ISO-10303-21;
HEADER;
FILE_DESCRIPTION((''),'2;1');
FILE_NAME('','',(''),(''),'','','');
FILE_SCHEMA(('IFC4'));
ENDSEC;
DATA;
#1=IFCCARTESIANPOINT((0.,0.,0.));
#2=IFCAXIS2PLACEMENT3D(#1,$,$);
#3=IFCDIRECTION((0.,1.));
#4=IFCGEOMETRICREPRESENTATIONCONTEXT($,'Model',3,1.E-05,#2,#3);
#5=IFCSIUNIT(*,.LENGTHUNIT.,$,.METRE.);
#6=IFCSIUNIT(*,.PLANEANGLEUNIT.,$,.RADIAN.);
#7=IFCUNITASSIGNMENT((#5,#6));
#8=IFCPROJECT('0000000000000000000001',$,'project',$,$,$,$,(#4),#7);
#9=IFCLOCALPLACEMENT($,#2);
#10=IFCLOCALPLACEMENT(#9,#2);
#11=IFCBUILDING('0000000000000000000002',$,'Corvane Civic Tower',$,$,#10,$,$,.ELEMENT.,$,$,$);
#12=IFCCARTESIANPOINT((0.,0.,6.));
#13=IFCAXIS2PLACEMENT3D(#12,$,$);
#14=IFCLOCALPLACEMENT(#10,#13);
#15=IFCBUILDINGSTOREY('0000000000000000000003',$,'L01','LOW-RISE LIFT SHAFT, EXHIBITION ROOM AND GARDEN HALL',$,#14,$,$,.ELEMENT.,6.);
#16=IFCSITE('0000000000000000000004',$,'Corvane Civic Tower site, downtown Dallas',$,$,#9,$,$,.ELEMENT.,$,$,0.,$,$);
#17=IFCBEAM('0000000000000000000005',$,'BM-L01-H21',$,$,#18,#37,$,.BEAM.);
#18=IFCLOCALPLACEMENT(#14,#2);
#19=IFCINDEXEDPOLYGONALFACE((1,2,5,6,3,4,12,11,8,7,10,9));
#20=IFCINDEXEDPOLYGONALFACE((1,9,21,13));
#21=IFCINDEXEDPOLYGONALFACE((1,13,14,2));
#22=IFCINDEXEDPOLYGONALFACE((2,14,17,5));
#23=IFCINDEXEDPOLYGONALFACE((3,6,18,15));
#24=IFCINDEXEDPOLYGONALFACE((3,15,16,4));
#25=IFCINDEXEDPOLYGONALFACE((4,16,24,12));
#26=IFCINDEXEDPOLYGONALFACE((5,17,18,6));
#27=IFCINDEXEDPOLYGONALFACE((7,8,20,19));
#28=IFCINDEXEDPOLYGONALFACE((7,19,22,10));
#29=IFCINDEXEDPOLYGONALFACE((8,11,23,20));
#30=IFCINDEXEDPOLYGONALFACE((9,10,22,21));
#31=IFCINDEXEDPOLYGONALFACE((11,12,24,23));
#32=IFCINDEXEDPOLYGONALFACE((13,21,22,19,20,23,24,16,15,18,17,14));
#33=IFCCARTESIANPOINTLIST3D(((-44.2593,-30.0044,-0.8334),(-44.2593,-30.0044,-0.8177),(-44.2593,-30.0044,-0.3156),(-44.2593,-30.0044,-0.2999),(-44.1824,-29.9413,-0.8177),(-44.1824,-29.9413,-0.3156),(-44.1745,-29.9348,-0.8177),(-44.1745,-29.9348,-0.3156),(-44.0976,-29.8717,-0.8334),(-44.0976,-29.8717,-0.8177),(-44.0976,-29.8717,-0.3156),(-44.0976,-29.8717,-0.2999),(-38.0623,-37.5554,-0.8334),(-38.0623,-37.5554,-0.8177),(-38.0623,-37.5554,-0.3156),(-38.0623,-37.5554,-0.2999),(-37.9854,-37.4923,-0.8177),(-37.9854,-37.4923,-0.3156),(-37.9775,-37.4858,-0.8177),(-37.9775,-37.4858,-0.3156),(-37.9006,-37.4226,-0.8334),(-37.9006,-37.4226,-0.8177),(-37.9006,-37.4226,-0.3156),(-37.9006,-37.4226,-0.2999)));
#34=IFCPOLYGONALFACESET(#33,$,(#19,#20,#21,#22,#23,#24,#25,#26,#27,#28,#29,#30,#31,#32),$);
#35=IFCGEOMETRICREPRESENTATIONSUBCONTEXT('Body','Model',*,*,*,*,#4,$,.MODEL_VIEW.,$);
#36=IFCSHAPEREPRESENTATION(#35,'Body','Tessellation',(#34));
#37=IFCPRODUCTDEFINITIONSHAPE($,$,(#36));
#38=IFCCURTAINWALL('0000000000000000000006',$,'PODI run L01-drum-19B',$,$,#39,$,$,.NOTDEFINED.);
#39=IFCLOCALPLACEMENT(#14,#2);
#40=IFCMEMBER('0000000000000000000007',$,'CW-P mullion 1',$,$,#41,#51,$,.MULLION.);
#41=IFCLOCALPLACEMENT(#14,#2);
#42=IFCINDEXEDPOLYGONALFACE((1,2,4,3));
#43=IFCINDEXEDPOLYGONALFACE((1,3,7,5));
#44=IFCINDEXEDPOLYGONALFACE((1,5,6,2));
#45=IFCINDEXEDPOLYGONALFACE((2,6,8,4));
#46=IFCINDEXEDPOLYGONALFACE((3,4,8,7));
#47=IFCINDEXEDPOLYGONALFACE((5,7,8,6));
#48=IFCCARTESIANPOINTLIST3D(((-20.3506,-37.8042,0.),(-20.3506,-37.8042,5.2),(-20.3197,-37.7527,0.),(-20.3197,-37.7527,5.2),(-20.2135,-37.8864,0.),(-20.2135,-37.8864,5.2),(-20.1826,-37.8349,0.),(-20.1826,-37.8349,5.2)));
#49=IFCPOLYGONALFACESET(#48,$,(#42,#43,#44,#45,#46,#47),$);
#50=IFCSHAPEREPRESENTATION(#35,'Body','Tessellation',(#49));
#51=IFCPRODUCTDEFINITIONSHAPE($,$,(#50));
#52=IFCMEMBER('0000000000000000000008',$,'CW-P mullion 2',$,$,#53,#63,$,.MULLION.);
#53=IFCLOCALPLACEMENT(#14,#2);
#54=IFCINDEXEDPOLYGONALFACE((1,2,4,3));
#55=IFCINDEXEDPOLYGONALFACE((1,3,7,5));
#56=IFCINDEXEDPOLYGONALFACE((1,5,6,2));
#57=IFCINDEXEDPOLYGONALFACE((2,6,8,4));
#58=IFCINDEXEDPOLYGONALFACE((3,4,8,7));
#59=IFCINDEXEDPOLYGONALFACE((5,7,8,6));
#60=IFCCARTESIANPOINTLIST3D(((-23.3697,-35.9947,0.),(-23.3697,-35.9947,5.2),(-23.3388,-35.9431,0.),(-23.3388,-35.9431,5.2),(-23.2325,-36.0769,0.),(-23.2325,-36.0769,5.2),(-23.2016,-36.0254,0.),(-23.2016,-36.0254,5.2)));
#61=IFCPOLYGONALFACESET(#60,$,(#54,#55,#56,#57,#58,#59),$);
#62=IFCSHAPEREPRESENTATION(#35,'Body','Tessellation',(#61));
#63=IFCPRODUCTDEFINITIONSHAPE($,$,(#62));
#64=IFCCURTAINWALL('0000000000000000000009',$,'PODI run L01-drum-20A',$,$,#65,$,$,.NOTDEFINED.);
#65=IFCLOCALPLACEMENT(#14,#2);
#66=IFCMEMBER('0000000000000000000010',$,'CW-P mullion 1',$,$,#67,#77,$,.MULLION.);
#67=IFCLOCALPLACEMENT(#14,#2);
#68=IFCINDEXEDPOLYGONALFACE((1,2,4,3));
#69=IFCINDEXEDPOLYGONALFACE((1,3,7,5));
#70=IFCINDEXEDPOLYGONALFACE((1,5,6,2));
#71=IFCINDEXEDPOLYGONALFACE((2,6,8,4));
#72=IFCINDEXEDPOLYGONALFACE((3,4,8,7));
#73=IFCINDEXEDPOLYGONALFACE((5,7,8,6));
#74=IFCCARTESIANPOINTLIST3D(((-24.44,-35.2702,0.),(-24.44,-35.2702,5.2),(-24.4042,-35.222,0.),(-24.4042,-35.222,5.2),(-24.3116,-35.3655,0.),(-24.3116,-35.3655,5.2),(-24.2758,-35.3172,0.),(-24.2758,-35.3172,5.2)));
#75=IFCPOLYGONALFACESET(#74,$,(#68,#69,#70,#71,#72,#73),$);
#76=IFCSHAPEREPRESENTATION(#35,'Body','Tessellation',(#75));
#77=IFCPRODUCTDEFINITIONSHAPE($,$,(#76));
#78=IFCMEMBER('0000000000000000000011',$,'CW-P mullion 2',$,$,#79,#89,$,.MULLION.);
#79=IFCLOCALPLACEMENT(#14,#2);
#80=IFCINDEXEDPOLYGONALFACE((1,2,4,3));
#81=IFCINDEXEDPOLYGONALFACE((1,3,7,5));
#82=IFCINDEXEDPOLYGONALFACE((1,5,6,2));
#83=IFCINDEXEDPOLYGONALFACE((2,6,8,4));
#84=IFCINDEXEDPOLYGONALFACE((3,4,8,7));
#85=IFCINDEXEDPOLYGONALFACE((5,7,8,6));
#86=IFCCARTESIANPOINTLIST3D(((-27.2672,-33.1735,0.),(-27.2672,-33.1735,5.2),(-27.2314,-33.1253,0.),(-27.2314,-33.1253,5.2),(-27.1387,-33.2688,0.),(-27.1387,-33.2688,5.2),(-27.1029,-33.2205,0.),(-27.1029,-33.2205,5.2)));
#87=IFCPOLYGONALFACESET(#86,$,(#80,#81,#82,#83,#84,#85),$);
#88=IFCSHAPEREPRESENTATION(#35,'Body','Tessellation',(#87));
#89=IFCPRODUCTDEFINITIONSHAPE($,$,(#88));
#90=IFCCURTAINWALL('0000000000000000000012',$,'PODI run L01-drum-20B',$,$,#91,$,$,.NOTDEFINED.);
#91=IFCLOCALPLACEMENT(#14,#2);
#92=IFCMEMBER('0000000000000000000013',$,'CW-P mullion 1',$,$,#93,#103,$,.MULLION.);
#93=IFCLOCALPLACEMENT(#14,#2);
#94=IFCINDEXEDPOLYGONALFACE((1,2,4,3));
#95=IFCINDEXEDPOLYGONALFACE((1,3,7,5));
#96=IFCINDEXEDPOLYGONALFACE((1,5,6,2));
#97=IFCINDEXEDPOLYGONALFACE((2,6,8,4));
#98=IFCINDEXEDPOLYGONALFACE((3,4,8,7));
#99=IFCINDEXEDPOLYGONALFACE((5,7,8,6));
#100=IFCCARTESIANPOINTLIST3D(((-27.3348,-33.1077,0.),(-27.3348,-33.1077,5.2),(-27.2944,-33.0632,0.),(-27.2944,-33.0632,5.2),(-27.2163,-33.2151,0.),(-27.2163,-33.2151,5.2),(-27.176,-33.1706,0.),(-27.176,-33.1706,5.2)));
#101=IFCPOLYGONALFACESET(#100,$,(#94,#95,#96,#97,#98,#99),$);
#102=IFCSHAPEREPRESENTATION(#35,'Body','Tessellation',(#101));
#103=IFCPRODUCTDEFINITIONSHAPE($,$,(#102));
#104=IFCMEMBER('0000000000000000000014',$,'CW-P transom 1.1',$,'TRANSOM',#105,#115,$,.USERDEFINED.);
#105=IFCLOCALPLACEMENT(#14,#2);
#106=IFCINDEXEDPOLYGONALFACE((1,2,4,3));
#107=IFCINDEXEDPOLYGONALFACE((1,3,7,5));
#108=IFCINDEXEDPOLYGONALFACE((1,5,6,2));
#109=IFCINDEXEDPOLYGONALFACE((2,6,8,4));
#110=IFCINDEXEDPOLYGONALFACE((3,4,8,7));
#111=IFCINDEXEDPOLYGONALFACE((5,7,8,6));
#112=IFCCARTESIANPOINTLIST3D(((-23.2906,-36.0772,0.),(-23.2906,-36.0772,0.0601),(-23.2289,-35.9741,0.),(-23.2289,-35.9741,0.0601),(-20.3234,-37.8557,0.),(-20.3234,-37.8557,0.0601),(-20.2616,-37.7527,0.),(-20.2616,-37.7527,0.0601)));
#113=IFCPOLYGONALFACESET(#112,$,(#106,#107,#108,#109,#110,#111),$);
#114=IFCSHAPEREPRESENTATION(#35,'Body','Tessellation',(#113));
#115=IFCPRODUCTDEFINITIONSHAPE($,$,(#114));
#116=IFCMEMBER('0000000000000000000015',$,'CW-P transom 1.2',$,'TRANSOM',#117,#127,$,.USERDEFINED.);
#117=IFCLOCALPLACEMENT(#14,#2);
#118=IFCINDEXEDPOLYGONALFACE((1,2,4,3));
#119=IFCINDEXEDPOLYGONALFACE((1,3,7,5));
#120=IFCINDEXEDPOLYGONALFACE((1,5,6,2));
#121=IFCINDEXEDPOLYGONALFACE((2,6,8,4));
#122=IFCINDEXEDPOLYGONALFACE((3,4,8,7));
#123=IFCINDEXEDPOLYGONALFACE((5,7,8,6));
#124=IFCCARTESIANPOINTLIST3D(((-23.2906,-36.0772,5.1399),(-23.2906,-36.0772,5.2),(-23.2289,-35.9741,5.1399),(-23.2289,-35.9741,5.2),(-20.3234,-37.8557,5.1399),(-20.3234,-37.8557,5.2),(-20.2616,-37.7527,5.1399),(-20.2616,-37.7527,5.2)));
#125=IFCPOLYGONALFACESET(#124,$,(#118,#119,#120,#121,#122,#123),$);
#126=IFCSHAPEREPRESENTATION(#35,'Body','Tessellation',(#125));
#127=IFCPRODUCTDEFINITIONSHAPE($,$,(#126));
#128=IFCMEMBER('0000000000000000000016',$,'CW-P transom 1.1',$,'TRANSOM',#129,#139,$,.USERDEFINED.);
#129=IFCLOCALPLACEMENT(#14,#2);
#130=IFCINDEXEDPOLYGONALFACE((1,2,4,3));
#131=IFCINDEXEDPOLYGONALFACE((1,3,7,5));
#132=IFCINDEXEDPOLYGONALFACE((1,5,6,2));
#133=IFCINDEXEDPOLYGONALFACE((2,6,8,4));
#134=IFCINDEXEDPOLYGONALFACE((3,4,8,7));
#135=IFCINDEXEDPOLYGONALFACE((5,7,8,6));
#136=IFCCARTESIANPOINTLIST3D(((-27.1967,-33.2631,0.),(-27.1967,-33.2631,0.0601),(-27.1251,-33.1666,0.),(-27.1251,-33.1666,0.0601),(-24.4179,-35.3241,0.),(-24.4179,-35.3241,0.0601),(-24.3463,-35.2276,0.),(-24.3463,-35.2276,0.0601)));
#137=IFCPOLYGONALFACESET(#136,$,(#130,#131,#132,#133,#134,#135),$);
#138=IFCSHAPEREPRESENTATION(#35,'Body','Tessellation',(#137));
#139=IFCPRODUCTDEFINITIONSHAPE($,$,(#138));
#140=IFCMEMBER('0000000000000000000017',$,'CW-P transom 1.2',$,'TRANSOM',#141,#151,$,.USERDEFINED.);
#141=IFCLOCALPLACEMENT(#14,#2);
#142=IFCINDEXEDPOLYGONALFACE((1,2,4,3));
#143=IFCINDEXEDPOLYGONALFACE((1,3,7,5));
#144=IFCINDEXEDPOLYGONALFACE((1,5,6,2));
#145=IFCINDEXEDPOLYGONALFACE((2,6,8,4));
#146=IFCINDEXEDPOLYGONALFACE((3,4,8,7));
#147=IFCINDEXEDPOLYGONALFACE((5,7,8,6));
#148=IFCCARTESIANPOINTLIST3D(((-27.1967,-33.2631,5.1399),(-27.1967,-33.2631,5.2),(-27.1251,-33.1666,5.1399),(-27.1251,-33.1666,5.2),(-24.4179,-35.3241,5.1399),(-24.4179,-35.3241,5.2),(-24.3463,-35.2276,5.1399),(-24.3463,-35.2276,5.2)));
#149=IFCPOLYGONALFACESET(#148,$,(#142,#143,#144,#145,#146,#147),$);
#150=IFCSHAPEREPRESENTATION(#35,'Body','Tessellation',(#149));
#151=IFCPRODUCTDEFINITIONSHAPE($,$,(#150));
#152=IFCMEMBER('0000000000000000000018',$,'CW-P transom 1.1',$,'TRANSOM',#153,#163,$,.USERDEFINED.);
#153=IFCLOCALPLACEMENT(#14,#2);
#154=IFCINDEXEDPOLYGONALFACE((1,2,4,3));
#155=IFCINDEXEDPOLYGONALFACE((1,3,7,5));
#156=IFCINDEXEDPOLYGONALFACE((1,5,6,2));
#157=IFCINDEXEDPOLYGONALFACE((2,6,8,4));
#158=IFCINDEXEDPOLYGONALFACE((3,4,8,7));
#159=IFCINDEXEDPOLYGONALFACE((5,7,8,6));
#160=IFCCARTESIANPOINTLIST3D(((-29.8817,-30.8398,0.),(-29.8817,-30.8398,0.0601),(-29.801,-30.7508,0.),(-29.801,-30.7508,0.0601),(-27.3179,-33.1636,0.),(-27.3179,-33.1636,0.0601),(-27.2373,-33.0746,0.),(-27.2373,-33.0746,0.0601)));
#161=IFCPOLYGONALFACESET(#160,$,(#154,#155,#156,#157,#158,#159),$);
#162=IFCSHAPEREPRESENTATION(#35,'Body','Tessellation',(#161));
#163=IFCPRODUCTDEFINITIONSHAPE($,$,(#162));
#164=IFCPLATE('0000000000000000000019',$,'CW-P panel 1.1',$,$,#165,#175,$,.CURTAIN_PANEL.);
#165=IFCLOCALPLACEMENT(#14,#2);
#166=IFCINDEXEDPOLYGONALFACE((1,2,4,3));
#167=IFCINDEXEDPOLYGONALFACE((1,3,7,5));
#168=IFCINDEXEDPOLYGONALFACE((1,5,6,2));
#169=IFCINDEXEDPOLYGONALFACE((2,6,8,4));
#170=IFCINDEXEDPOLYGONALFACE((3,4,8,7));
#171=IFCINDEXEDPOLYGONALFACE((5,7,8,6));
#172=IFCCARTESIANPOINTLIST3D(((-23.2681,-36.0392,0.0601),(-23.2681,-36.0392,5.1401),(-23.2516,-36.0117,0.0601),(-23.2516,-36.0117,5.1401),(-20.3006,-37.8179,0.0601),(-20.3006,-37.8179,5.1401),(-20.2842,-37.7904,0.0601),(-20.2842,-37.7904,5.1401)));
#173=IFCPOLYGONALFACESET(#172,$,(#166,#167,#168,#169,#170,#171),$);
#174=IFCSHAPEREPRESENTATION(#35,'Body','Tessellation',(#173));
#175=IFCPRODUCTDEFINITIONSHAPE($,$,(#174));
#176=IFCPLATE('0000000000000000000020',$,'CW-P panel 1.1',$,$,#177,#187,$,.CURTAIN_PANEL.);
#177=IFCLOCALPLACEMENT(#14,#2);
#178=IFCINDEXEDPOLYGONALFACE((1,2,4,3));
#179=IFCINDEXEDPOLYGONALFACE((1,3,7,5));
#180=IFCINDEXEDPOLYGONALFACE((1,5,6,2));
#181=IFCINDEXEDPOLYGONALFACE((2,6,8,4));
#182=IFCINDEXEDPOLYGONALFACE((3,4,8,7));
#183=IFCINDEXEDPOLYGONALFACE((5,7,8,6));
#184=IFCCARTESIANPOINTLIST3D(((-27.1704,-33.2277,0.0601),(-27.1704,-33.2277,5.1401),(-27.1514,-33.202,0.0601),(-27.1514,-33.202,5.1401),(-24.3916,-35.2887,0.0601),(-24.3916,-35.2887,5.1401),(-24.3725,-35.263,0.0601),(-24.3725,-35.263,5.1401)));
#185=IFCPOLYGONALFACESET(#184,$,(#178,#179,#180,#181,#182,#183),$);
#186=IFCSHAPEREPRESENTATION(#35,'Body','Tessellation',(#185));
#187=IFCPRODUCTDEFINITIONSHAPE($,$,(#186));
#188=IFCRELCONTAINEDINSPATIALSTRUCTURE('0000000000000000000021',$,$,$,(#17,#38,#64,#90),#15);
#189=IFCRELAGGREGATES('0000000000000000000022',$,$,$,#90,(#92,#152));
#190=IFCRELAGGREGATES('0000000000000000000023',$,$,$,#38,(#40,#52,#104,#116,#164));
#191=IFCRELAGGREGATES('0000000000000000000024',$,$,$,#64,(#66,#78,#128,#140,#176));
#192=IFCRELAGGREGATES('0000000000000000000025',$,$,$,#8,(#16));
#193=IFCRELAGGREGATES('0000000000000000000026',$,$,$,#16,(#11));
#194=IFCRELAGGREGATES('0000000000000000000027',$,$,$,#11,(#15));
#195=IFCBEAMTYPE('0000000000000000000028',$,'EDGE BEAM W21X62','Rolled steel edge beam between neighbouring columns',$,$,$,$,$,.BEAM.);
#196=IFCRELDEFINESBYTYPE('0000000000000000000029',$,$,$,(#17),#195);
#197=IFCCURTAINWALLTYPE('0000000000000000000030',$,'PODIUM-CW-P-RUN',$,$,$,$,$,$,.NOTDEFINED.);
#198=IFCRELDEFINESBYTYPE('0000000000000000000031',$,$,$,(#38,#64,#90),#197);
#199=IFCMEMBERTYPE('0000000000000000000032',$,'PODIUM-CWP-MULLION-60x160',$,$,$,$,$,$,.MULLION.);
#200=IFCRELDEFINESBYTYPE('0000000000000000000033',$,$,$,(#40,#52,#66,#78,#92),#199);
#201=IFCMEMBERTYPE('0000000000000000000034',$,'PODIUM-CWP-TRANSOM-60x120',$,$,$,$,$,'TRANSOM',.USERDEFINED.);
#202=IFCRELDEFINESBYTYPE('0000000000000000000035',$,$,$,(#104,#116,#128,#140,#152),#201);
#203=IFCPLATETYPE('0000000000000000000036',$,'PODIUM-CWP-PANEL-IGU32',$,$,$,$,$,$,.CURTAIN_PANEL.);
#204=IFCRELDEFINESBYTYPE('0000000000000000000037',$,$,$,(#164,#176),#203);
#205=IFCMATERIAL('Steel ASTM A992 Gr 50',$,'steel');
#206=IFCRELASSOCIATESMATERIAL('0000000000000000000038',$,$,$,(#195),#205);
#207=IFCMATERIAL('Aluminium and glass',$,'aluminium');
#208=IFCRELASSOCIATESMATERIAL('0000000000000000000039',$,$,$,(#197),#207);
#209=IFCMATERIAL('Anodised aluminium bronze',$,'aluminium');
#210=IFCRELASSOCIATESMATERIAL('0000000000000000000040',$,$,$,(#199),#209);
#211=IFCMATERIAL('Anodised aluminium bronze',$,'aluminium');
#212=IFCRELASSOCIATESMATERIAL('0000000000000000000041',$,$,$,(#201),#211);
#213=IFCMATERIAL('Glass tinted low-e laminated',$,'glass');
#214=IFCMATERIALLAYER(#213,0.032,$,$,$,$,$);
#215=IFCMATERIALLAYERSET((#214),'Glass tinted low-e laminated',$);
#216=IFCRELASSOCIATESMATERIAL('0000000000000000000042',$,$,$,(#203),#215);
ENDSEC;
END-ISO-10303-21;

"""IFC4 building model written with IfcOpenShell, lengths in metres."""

from ifc_helpers import new_model, si_unit, direction, frame, origin, origin_2d, place, context, subcontext, project, spatial, rectangle, i_section, extrude, material, layer, layer_set, material_profile, profile_set, type_object, element, aggregate, save


model = new_model("IFC4")

# Units and contexts
model_context = context("Model", 3, precision=1e-05, world=origin(), true_north=direction((0.0, 1.0)))
body_context = subcontext(model_context, "Body", "Model", "MODEL_VIEW")
ifc_project = project(units=[si_unit("LENGTHUNIT", "METRE"), si_unit("PLANEANGLEUNIT", "RADIAN")], contexts=[model_context])

# Site, building, storey
site_placement = place(None, origin())
site = spatial("IfcSite", under=ifc_project, at=site_placement, Name="Corvane Civic Tower site, downtown Dallas", CompositionType="ELEMENT", RefElevation=0.0)
building_placement = place(site_placement, origin())
building = spatial("IfcBuilding", under=site, at=building_placement, Name="Corvane Civic Tower", CompositionType="ELEMENT")
storey_placement = place(building_placement, frame((0.0, 0.0, 6.0)))
storey = spatial("IfcBuildingStorey", under=building, at=storey_placement, Name="L01", Description="LOW-RISE LIFT SHAFT, EXHIBITION ROOM AND GARDEN HALL", CompositionType="ELEMENT", Elevation=6.0)

# Beam
ifc_material_1 = material(Name="Steel ASTM A992 Gr 50", Category="steel")
ifc_material_profile_1 = material_profile(ifc_material_1, i_section(OverallWidth=0.2092, OverallDepth=0.5334, WebThickness=0.0103, FlangeThickness=0.0156, at=origin_2d()), Name="W21X62")
ifc_profile_set_1 = profile_set([ifc_material_profile_1], Name="Steel ASTM A992 Gr 50")
beam_type_1 = type_object("IfcBeamType", Name="EDGE BEAM W21X62", Description="Rolled steel edge beam between neighbouring columns", PredefinedType="BEAM", material=ifc_profile_set_1)
for number, where, z_axis, x_axis, name in (
    (1, (-37.9814, -37.489, -0.5667), (-0.634397, 0.773008, 0.0), (-0.773008, -0.634397, 0.0), "BM-L01-H21"),
):
    element("IfcBeam", number, at=place(storey_placement, frame(where, z_axis=z_axis, x_axis=x_axis)), inside=storey, type_object=beam_type_1, Name=name, PredefinedType="BEAM", context=body_context, shape_type="SweptSolid", body=[
        extrude(i_section(OverallWidth=0.2092, OverallDepth=0.5334, WebThickness=0.0103, FlangeThickness=0.0156, at=origin_2d()), origin(), (0.0, 0.0, 1.0), 9.7683),
    ])

# Curtain walls, members
ifc_material_2 = material(Name="Aluminium and glass", Category="aluminium")
curtain_wall_type = type_object("IfcCurtainWallType", Name="PODIUM-CW-P-RUN", PredefinedType="NOTDEFINED", material=ifc_material_2)
curtain_wall_1_placement = place(storey_placement, origin())
curtain_wall_1 = element("IfcCurtainWall", 2, at=curtain_wall_1_placement, inside=storey, type_object=curtain_wall_type, Name="PODI run L01-drum-19B", PredefinedType="NOTDEFINED")
ifc_material_3 = material(Name="Anodised aluminium bronze", Category="aluminium")
ifc_material_profile_2 = material_profile(ifc_material_3, rectangle(XDim=0.0601, YDim=0.1599, at=origin_2d()), Name="AL 60x160")
ifc_profile_set_2 = profile_set([ifc_material_profile_2], Name="Anodised aluminium bronze")
member_type_1 = type_object("IfcMemberType", Name="PODIUM-CWP-MULLION-60x160", PredefinedType="MULLION", material=ifc_profile_set_2)
member_1_placement = place(storey_placement, frame((-20.2666, -37.8196, 0.0), z_axis=(0.0, 0.0, 1.0), x_axis=(-0.514118, -0.85772, 0.0)))
member_1 = element("IfcMember", 3, at=member_1_placement, type_object=member_type_1, Name="CW-P mullion 1", PredefinedType="MULLION", context=body_context, shape_type="SweptSolid", body=[
    extrude(rectangle(XDim=0.0601, YDim=0.1599, at=origin_2d()), origin(), (0.0, 0.0, 1.0), 5.2),
])
member_2_placement = place(storey_placement, frame((-23.2856, -36.01, 0.0), z_axis=(0.0, 0.0, 1.0), x_axis=(-0.514118, -0.85772, 0.0)))
member_2 = element("IfcMember", 4, at=member_2_placement, type_object=member_type_1, Name="CW-P mullion 2", PredefinedType="MULLION", context=body_context, shape_type="SweptSolid", body=[
    extrude(rectangle(XDim=0.0601, YDim=0.1599, at=origin_2d()), origin(), (0.0, 0.0, 1.0), 5.2),
])
curtain_wall_2_placement = place(storey_placement, origin())
curtain_wall_2 = element("IfcCurtainWall", 5, at=curtain_wall_2_placement, inside=storey, type_object=curtain_wall_type, Name="PODI run L01-drum-20A", PredefinedType="NOTDEFINED")
member_3_placement = place(storey_placement, frame((-24.3579, -35.2937, 0.0), z_axis=(0.0, 0.0, 1.0), x_axis=(-0.595705, -0.803203, 0.0)))
member_3 = element("IfcMember", 6, at=member_3_placement, type_object=member_type_1, Name="CW-P mullion 1", PredefinedType="MULLION", context=body_context, shape_type="SweptSolid", body=[
    extrude(rectangle(XDim=0.0601, YDim=0.1599, at=origin_2d()), origin(), (0.0, 0.0, 1.0), 5.2),
])
member_4_placement = place(storey_placement, frame((-27.1851, -33.197, 0.0), z_axis=(0.0, 0.0, 1.0), x_axis=(-0.595705, -0.803203, 0.0)))
member_4 = element("IfcMember", 7, at=member_4_placement, type_object=member_type_1, Name="CW-P mullion 2", PredefinedType="MULLION", context=body_context, shape_type="SweptSolid", body=[
    extrude(rectangle(XDim=0.0601, YDim=0.1599, at=origin_2d()), origin(), (0.0, 0.0, 1.0), 5.2),
])

# Curtain wall, member
curtain_wall_3_placement = place(storey_placement, origin())
curtain_wall_3 = element("IfcCurtainWall", 8, at=curtain_wall_3_placement, inside=storey, type_object=curtain_wall_type, Name="PODI run L01-drum-20B", PredefinedType="NOTDEFINED")
member_5_placement = place(storey_placement, frame((-27.2554, -33.1392, 0.0), z_axis=(0.0, 0.0, 1.0), x_axis=(-0.671576, -0.740935, 0.0)))
member_5 = element("IfcMember", 9, at=member_5_placement, type_object=member_type_1, Name="CW-P mullion 1", PredefinedType="MULLION", context=body_context, shape_type="SweptSolid", body=[
    extrude(rectangle(XDim=0.0601, YDim=0.1599, at=origin_2d()), origin(), (0.0, 0.0, 1.0), 5.2),
])

# Members
ifc_material_4 = material(Name="Anodised aluminium bronze", Category="aluminium")
ifc_material_profile_3 = material_profile(ifc_material_4, rectangle(XDim=0.1201, YDim=0.0601, at=origin_2d()), Name="AL 120x60")
ifc_profile_set_3 = profile_set([ifc_material_profile_3], Name="Anodised aluminium bronze")
member_type_2 = type_object("IfcMemberType", Name="PODIUM-CWP-TRANSOM-60x120", ElementType="TRANSOM", PredefinedType="USERDEFINED", material=ifc_profile_set_3)
member_6_placement = place(storey_placement, frame((-20.2925, -37.8042, 0.03), z_axis=(-0.857723, 0.514112, 0.0), x_axis=(-0.514112, -0.857723, 0.0)))
member_6 = element("IfcMember", 10, at=member_6_placement, type_object=member_type_2, Name="CW-P transom 1.1", ObjectType="TRANSOM", PredefinedType="USERDEFINED", context=body_context, shape_type="SweptSolid", body=[
    extrude(rectangle(XDim=0.1201, YDim=0.0601, at=origin_2d()), origin(), (0.0, 0.0, 1.0), 3.4595),
])
member_7_placement = place(storey_placement, frame((-20.2925, -37.8042, 5.1699), z_axis=(-0.857723, 0.514112, 0.0), x_axis=(-0.514112, -0.857723, 0.0)))
member_7 = element("IfcMember", 11, at=member_7_placement, type_object=member_type_2, Name="CW-P transom 1.2", ObjectType="TRANSOM", PredefinedType="USERDEFINED", context=body_context, shape_type="SweptSolid", body=[
    extrude(rectangle(XDim=0.1201, YDim=0.0601, at=origin_2d()), origin(), (0.0, 0.0, 1.0), 3.4595),
])
member_8_placement = place(storey_placement, frame((-24.3821, -35.2759, 0.03), z_axis=(-0.80319, 0.595724, 0.0), x_axis=(-0.595724, -0.80319, 0.0)))
member_8 = element("IfcMember", 12, at=member_8_placement, type_object=member_type_2, Name="CW-P transom 1.1", ObjectType="TRANSOM", PredefinedType="USERDEFINED", context=body_context, shape_type="SweptSolid", body=[
    extrude(rectangle(XDim=0.1201, YDim=0.0601, at=origin_2d()), origin(), (0.0, 0.0, 1.0), 3.4597),
])
member_9_placement = place(storey_placement, frame((-24.3821, -35.2759, 5.1699), z_axis=(-0.80319, 0.595724, 0.0), x_axis=(-0.595724, -0.80319, 0.0)))
member_9 = element("IfcMember", 13, at=member_9_placement, type_object=member_type_2, Name="CW-P transom 1.2", ObjectType="TRANSOM", PredefinedType="USERDEFINED", context=body_context, shape_type="SweptSolid", body=[
    extrude(rectangle(XDim=0.1201, YDim=0.0601, at=origin_2d()), origin(), (0.0, 0.0, 1.0), 3.4597),
])
member_10_placement = place(storey_placement, frame((-27.2776, -33.1191, 0.03), z_axis=(-0.740935, 0.671576, 0.0), x_axis=(-0.671576, -0.740935, 0.0)))
member_10 = element("IfcMember", 14, at=member_10_placement, type_object=member_type_2, Name="CW-P transom 1.1", ObjectType="TRANSOM", PredefinedType="USERDEFINED", context=body_context, shape_type="SweptSolid", body=[
    extrude(rectangle(XDim=0.1201, YDim=0.0601, at=origin_2d()), origin(), (0.0, 0.0, 1.0), 3.4602),
])
aggregate(curtain_wall_3, [member_5, member_10])

# Plates
ifc_material_5 = material(Name="Glass tinted low-e laminated", Category="glass")
ifc_layer_1 = layer(ifc_material_5, 0.032)
ifc_layer_set_1 = layer_set([ifc_layer_1], Name="Glass tinted low-e laminated")
plate_type = type_object("IfcPlateType", Name="PODIUM-CWP-PANEL-IGU32", PredefinedType="CURTAIN_PANEL", material=ifc_layer_set_1)
plate_1_placement = place(storey_placement, frame((-21.7761, -36.9148, 0.0601), z_axis=(0.0, 0.0, 1.0), x_axis=(-0.85772, 0.514118, 0.0)))
plate_1 = element("IfcPlate", 15, at=plate_1_placement, type_object=plate_type, Name="CW-P panel 1.1", PredefinedType="CURTAIN_PANEL", context=body_context, shape_type="SweptSolid", body=[
    extrude(rectangle(XDim=3.4597, YDim=0.032, at=origin_2d()), origin(), (0.0, 0.0, 1.0), 5.0801),
])
aggregate(curtain_wall_1, [member_1, member_2, member_6, member_7, plate_1])
plate_2_placement = place(storey_placement, frame((-25.7715, -34.2454, 0.0601), z_axis=(0.0, 0.0, 1.0), x_axis=(-0.803203, 0.595705, 0.0)))
plate_2 = element("IfcPlate", 16, at=plate_2_placement, type_object=plate_type, Name="CW-P panel 1.1", PredefinedType="CURTAIN_PANEL", context=body_context, shape_type="SweptSolid", body=[
    extrude(rectangle(XDim=3.4597, YDim=0.032, at=origin_2d()), origin(), (0.0, 0.0, 1.0), 5.0801),
])
aggregate(curtain_wall_2, [member_3, member_4, member_8, member_9, plate_2])

save(model, "model.ifc")
